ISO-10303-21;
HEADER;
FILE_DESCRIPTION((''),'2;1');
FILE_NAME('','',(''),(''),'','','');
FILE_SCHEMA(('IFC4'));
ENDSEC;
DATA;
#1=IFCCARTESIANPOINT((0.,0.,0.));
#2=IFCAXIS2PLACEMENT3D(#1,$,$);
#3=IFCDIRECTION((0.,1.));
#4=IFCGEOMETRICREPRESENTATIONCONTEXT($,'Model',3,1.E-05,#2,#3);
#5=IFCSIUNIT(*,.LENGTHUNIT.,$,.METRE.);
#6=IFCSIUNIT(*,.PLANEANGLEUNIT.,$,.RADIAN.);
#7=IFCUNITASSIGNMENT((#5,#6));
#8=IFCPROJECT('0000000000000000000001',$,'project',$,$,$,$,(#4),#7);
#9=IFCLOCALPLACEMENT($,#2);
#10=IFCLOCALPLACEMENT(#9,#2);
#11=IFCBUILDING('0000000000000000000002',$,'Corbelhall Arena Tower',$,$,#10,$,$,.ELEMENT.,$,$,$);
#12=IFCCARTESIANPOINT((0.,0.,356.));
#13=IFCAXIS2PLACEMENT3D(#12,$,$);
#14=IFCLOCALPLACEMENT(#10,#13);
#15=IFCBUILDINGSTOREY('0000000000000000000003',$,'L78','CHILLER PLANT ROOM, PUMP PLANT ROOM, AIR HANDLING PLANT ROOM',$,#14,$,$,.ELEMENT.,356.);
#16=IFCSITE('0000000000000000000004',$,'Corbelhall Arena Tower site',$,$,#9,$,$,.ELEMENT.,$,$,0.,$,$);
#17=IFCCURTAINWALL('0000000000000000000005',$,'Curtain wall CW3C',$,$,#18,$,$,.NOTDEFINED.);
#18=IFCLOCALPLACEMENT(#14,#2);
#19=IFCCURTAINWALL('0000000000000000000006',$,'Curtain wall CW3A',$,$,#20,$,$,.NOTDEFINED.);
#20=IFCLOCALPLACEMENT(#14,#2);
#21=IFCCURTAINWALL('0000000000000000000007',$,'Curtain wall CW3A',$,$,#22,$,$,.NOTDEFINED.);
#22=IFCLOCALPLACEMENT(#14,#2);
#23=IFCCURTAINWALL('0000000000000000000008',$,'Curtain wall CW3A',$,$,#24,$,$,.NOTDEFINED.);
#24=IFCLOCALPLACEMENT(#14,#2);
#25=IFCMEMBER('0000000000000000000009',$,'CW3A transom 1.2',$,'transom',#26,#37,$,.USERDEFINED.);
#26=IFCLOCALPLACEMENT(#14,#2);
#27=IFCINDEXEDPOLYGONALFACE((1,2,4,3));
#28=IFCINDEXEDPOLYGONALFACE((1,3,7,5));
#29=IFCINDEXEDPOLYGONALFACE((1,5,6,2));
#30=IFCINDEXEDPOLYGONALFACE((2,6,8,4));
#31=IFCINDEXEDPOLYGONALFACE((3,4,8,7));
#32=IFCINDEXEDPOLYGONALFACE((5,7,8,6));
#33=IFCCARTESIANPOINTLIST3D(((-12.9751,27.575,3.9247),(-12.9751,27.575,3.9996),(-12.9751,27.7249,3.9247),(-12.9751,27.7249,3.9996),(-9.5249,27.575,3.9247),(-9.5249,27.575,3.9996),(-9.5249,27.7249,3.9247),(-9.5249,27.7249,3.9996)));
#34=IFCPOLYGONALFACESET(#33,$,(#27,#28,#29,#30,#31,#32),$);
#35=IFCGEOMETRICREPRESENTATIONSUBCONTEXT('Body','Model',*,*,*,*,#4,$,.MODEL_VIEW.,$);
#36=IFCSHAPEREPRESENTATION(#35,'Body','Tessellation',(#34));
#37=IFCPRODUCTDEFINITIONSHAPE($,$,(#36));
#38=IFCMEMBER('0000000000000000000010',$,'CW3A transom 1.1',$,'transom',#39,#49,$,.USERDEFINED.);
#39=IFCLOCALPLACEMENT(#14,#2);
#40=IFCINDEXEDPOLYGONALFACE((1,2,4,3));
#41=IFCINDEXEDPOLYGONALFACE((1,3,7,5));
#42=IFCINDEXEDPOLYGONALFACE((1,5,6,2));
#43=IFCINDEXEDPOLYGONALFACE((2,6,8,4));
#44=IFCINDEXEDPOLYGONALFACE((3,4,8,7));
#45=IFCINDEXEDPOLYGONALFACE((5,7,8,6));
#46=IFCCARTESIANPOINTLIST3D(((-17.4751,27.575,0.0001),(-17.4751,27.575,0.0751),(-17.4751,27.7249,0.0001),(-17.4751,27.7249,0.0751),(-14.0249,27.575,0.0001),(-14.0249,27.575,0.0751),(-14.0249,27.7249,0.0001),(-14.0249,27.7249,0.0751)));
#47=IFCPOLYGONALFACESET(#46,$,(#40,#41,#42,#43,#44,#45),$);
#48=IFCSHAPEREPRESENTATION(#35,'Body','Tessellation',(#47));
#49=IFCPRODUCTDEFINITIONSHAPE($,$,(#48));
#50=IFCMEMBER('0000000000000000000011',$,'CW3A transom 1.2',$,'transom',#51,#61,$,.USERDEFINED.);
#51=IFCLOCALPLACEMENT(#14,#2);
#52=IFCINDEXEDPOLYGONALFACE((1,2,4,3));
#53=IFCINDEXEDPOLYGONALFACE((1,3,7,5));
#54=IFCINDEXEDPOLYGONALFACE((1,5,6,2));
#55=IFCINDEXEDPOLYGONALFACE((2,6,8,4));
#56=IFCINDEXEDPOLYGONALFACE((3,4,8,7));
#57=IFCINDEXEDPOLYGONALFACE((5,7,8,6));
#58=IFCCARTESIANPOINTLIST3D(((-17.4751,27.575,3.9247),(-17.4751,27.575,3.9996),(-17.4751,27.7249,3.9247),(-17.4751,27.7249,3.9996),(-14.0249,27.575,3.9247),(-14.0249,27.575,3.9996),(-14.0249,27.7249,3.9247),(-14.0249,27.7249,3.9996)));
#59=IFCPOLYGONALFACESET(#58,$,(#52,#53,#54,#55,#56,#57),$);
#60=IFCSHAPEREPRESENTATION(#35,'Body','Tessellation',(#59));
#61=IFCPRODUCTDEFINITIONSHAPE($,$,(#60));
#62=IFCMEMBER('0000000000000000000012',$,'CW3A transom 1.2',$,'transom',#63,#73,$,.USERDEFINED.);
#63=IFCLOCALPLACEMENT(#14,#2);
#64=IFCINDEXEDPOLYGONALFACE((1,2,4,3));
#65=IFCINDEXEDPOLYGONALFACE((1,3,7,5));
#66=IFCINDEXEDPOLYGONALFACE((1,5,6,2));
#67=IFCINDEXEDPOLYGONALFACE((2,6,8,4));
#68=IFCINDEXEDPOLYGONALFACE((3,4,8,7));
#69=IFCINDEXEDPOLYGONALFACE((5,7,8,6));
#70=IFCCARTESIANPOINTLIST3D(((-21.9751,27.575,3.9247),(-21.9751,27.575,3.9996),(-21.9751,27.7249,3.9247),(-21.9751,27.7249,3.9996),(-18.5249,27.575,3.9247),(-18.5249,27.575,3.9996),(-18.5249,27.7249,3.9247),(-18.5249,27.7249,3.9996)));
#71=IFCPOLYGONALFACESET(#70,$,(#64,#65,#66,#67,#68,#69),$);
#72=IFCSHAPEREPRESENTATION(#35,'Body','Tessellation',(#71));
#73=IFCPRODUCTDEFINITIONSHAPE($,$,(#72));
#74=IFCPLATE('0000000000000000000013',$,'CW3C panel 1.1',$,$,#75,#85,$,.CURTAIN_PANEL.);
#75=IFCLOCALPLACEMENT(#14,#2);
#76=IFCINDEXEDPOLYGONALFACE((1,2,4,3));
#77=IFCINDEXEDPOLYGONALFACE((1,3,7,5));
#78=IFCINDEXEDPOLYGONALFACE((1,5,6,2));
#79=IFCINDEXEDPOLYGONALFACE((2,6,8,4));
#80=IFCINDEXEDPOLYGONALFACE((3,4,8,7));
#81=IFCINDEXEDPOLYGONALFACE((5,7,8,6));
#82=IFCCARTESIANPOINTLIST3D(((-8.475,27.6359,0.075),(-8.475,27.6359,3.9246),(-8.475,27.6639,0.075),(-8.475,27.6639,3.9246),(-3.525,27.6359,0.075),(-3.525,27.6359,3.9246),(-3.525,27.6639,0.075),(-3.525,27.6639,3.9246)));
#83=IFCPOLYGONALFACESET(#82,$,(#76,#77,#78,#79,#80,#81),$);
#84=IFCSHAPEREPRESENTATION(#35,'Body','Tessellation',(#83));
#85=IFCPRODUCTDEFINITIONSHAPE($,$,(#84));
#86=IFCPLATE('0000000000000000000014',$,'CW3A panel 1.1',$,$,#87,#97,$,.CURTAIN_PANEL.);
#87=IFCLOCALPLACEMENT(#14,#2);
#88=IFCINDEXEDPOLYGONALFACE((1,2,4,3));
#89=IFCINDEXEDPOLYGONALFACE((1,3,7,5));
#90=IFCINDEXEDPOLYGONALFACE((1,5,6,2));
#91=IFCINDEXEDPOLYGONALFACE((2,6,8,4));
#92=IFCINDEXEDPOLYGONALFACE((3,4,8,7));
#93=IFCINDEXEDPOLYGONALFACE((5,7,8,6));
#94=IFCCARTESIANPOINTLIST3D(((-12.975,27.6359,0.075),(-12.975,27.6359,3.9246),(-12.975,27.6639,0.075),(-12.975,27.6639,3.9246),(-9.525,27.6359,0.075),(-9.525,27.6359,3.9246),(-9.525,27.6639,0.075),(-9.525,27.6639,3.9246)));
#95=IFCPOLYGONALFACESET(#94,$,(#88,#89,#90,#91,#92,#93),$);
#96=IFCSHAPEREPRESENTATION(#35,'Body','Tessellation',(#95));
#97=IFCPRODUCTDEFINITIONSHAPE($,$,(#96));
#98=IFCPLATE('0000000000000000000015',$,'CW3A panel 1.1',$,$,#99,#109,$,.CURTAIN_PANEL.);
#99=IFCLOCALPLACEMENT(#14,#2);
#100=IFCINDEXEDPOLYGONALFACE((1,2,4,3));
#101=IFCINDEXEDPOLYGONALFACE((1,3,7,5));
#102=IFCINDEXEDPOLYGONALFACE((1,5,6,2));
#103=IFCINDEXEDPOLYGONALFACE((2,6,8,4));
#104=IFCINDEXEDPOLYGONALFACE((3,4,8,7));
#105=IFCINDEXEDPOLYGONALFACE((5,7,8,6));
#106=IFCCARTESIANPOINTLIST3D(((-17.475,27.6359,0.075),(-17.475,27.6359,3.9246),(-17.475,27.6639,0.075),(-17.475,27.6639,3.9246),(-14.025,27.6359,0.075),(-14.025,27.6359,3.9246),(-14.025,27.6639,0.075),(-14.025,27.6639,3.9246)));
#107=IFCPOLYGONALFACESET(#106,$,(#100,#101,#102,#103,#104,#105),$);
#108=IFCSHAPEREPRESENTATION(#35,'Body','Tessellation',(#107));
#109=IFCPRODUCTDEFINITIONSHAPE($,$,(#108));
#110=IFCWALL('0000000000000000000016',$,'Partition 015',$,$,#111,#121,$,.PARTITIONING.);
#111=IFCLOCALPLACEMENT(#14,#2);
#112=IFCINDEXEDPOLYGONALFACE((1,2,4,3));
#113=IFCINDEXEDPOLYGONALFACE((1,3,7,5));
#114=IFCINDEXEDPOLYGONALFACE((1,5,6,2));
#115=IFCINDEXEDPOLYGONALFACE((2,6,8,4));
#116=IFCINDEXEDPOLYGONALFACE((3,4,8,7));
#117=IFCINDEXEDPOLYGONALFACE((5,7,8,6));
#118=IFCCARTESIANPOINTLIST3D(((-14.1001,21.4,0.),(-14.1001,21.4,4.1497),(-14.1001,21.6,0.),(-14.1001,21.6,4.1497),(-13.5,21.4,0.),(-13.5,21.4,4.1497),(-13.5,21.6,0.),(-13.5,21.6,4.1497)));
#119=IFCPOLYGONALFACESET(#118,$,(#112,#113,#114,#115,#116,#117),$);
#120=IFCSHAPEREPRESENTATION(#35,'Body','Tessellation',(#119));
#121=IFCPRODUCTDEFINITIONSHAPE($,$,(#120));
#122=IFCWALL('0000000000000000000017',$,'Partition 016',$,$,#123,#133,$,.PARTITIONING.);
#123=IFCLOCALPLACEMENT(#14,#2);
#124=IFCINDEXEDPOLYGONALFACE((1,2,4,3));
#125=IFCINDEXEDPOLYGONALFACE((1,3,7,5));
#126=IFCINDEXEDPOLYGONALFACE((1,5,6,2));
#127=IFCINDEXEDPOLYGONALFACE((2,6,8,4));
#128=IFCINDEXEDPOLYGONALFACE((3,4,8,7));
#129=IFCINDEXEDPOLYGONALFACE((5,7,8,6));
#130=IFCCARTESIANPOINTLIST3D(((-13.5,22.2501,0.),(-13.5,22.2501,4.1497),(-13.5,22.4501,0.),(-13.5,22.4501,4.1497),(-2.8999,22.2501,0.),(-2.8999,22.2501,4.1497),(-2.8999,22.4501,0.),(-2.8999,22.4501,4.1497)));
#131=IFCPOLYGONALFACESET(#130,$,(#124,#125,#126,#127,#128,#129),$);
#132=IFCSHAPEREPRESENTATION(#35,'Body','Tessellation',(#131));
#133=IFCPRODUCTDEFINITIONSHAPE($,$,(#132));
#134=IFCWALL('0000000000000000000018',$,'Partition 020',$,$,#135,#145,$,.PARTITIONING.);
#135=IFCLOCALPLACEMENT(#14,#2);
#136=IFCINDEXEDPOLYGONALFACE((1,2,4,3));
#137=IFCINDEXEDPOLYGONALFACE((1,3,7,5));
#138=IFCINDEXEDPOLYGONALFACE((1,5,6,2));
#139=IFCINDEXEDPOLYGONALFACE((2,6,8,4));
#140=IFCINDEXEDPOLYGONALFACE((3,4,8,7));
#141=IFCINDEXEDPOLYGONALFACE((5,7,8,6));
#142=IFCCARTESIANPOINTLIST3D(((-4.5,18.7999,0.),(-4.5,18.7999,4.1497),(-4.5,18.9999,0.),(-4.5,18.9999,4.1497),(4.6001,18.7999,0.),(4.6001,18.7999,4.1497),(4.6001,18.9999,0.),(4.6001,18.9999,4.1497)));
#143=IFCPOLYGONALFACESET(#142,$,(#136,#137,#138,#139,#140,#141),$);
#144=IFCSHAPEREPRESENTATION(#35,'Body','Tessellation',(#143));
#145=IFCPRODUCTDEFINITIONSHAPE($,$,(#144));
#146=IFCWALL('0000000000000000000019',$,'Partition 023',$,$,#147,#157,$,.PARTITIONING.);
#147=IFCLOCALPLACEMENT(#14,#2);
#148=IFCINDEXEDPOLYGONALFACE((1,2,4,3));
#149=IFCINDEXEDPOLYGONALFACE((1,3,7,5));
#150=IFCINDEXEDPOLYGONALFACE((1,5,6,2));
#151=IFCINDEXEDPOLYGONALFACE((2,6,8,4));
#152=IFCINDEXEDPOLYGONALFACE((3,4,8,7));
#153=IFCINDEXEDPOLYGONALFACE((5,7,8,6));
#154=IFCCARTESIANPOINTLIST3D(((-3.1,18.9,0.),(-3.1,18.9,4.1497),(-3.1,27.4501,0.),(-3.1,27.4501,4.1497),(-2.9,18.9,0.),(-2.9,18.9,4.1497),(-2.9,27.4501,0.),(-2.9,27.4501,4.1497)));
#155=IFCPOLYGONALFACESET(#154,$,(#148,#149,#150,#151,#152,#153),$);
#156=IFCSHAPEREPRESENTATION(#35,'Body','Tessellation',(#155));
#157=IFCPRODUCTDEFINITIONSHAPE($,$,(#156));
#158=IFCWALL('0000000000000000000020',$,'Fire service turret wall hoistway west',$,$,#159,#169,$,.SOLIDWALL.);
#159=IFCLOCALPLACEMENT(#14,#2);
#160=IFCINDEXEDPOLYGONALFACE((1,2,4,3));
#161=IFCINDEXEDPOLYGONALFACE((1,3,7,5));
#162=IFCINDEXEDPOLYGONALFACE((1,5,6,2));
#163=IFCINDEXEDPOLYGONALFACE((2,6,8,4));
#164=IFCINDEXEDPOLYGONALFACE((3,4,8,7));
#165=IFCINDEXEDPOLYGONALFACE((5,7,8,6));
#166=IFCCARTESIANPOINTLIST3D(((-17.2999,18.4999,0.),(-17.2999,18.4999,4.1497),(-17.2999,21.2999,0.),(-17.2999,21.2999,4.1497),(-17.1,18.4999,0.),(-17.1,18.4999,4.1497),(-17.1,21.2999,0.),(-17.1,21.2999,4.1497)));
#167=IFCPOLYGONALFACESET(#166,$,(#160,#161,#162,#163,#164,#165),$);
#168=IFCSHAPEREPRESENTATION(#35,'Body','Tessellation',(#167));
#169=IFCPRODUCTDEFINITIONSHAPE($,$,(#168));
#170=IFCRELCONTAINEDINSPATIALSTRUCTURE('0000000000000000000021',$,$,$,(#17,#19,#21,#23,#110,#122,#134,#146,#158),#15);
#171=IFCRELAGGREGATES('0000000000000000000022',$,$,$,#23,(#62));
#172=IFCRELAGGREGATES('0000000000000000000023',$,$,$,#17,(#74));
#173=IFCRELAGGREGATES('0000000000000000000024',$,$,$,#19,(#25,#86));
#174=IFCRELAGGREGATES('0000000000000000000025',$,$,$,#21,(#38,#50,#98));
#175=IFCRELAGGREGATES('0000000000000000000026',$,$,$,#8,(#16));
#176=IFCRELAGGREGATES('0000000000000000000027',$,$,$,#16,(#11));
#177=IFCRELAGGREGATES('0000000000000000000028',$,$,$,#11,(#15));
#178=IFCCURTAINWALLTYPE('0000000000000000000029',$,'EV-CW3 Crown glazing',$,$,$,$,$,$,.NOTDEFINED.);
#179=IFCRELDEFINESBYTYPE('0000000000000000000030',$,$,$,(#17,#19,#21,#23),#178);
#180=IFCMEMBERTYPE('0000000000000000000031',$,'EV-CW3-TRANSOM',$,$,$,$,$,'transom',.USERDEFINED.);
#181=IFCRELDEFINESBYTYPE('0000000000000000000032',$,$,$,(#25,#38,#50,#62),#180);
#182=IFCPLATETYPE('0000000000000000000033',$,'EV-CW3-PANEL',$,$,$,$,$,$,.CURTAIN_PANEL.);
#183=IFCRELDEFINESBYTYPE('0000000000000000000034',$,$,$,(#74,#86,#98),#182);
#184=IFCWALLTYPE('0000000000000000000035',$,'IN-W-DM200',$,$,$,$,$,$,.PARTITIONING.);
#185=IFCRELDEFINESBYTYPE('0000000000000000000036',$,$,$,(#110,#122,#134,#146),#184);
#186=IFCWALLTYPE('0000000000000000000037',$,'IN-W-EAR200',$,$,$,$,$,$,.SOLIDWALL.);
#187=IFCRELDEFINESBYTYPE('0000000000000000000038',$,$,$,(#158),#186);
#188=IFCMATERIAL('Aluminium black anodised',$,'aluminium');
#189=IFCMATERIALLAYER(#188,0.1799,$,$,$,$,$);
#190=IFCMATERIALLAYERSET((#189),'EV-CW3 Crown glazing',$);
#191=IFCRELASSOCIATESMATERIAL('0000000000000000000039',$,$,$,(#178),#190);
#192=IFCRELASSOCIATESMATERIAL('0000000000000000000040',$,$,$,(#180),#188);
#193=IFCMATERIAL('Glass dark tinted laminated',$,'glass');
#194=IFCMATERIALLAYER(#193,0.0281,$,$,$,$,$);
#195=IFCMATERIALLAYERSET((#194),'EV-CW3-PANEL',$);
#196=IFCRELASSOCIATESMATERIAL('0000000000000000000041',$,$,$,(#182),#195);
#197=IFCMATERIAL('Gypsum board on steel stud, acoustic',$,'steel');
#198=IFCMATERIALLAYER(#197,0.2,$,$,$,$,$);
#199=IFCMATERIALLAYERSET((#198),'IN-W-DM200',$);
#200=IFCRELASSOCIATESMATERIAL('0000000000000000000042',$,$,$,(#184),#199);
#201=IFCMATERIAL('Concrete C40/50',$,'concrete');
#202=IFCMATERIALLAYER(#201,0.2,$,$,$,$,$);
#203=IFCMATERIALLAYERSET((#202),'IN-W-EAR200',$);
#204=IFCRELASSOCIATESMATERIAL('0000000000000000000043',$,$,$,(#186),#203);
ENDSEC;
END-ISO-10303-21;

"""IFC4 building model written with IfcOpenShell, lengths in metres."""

from ifc_helpers import new_model, si_unit, direction, frame, frame_2d, origin, origin_2d, place, context, subcontext, project, spatial, rectangle, extrude, material, layer, layer_set, material_profile, profile_set, type_object, element, aggregate, save


model = new_model("IFC4")

# Units and contexts
model_context = context("Model", 3, precision=1e-05, world=origin(), true_north=direction((0.0, 1.0)))
body_context = subcontext(model_context, "Body", "Model", "MODEL_VIEW")
ifc_project = project(units=[si_unit("LENGTHUNIT", "METRE"), si_unit("PLANEANGLEUNIT", "RADIAN")], contexts=[model_context])

# Site, building, storey
site_placement = place(None, origin())
site = spatial("IfcSite", under=ifc_project, at=site_placement, Name="Corbelhall Arena Tower site", CompositionType="ELEMENT", RefElevation=0.0)
building_placement = place(site_placement, origin())
building = spatial("IfcBuilding", under=site, at=building_placement, Name="Corbelhall Arena Tower", CompositionType="ELEMENT")
storey_placement = place(building_placement, frame((0.0, 0.0, 356.0)))
storey = spatial("IfcBuildingStorey", under=building, at=storey_placement, Name="L78", Description="CHILLER PLANT ROOM, PUMP PLANT ROOM, AIR HANDLING PLANT ROOM", CompositionType="ELEMENT", Elevation=356.0)

# Curtain walls
ifc_material_1 = material(Name="Aluminium black anodised", Category="aluminium")
ifc_layer_1 = layer(ifc_material_1, 0.1799)
ifc_layer_set_1 = layer_set([ifc_layer_1], Name="EV-CW3 Crown glazing")
curtain_wall_type = type_object("IfcCurtainWallType", Name="EV-CW3 Crown glazing", PredefinedType="NOTDEFINED", material=ifc_layer_set_1)
curtain_wall_1_placement = place(storey_placement, origin())
curtain_wall_1 = element("IfcCurtainWall", 1, at=curtain_wall_1_placement, inside=storey, type_object=curtain_wall_type, Name="Curtain wall CW3C", PredefinedType="NOTDEFINED")
curtain_wall_2_placement = place(storey_placement, origin())
curtain_wall_2 = element("IfcCurtainWall", 2, at=curtain_wall_2_placement, inside=storey, type_object=curtain_wall_type, Name="Curtain wall CW3A", PredefinedType="NOTDEFINED")
curtain_wall_3_placement = place(storey_placement, origin())
curtain_wall_3 = element("IfcCurtainWall", 3, at=curtain_wall_3_placement, inside=storey, type_object=curtain_wall_type, Name="Curtain wall CW3A", PredefinedType="NOTDEFINED")

# Curtain wall
curtain_wall_4_placement = place(storey_placement, origin())
curtain_wall_4 = element("IfcCurtainWall", 4, at=curtain_wall_4_placement, inside=storey, type_object=curtain_wall_type, Name="Curtain wall CW3A", PredefinedType="NOTDEFINED")

# Members
ifc_material_profile_1 = material_profile(ifc_material_1, rectangle(XDim=0.1499, YDim=0.075, at=origin_2d()))
ifc_profile_set_1 = profile_set([ifc_material_profile_1], Name="Aluminium black anodised")
member_type_1 = type_object("IfcMemberType", Name="EV-CW3-TRANSOM", ElementType="transom", PredefinedType="USERDEFINED", material=ifc_profile_set_1)
member_1_placement = place(storey_placement, frame((-9.5249, 27.6499, 3.9622), z_axis=(-1.0, 0.0, 0.0), x_axis=(0.0, -1.0, 0.0)))
member_1 = element("IfcMember", 5, at=member_1_placement, type_object=member_type_1, Name="CW3A transom 1.2", ObjectType="transom", PredefinedType="USERDEFINED", context=body_context, shape_type="SweptSolid", body=[
    extrude(rectangle(XDim=0.1499, YDim=0.075, at=origin_2d()), origin(), (0.0, 0.0, 1.0), 3.4502),
])
member_2_placement = place(storey_placement, frame((-14.0249, 27.6499, 0.0376), z_axis=(-1.0, 0.0, 0.0), x_axis=(0.0, -1.0, 0.0)))
member_2 = element("IfcMember", 6, at=member_2_placement, type_object=member_type_1, Name="CW3A transom 1.1", ObjectType="transom", PredefinedType="USERDEFINED", context=body_context, shape_type="SweptSolid", body=[
    extrude(rectangle(XDim=0.1499, YDim=0.075, at=origin_2d()), origin(), (0.0, 0.0, 1.0), 3.4502),
])
member_3_placement = place(storey_placement, frame((-14.0249, 27.6499, 3.9622), z_axis=(-1.0, 0.0, 0.0), x_axis=(0.0, -1.0, 0.0)))
member_3 = element("IfcMember", 7, at=member_3_placement, type_object=member_type_1, Name="CW3A transom 1.2", ObjectType="transom", PredefinedType="USERDEFINED", context=body_context, shape_type="SweptSolid", body=[
    extrude(rectangle(XDim=0.1499, YDim=0.075, at=origin_2d()), origin(), (0.0, 0.0, 1.0), 3.4502),
])
member_4_placement = place(storey_placement, frame((-18.5249, 27.6499, 3.9622), z_axis=(-1.0, 0.0, 0.0), x_axis=(0.0, -1.0, 0.0)))
member_4 = element("IfcMember", 8, at=member_4_placement, type_object=member_type_1, Name="CW3A transom 1.2", ObjectType="transom", PredefinedType="USERDEFINED", context=body_context, shape_type="SweptSolid", body=[
    extrude(rectangle(XDim=0.1499, YDim=0.075, at=origin_2d()), origin(), (0.0, 0.0, 1.0), 3.4502),
])
aggregate(curtain_wall_4, [member_4])

# Plates
ifc_material_2 = material(Name="Glass dark tinted laminated", Category="glass")
ifc_layer_2 = layer(ifc_material_2, 0.0281)
ifc_layer_set_2 = layer_set([ifc_layer_2], Name="EV-CW3-PANEL")
plate_type = type_object("IfcPlateType", Name="EV-CW3-PANEL", PredefinedType="CURTAIN_PANEL", material=ifc_layer_set_2)
plate_1_placement = place(storey_placement, frame((-6.0, 27.6499, 0.075), z_axis=(0.0, 0.0, 1.0), x_axis=(-1.0, 0.0, 0.0)))
plate_1 = element("IfcPlate", 9, at=plate_1_placement, type_object=plate_type, Name="CW3C panel 1.1", PredefinedType="CURTAIN_PANEL", context=body_context, shape_type="SweptSolid", body=[
    extrude(rectangle(XDim=4.95, YDim=0.0281, at=origin_2d()), origin(), (0.0, 0.0, 1.0), 3.8496),
])
aggregate(curtain_wall_1, [plate_1])
plate_2_placement = place(storey_placement, frame((-11.25, 27.6499, 0.075), z_axis=(0.0, 0.0, 1.0), x_axis=(-1.0, 0.0, 0.0)))
plate_2 = element("IfcPlate", 10, at=plate_2_placement, type_object=plate_type, Name="CW3A panel 1.1", PredefinedType="CURTAIN_PANEL", context=body_context, shape_type="SweptSolid", body=[
    extrude(rectangle(XDim=3.45, YDim=0.0281, at=origin_2d()), origin(), (0.0, 0.0, 1.0), 3.8496),
])
aggregate(curtain_wall_2, [member_1, plate_2])
plate_3_placement = place(storey_placement, frame((-15.75, 27.6499, 0.075), z_axis=(0.0, 0.0, 1.0), x_axis=(-1.0, 0.0, 0.0)))
plate_3 = element("IfcPlate", 11, at=plate_3_placement, type_object=plate_type, Name="CW3A panel 1.1", PredefinedType="CURTAIN_PANEL", context=body_context, shape_type="SweptSolid", body=[
    extrude(rectangle(XDim=3.45, YDim=0.0281, at=origin_2d()), origin(), (0.0, 0.0, 1.0), 3.8496),
])
aggregate(curtain_wall_3, [member_2, member_3, plate_3])

# Walls
ifc_material_3 = material(Name="Gypsum board on steel stud, acoustic", Category="steel")
ifc_layer_3 = layer(ifc_material_3, 0.2)
ifc_layer_set_3 = layer_set([ifc_layer_3], Name="IN-W-DM200")
wall_type_1 = type_object("IfcWallType", Name="IN-W-DM200", PredefinedType="PARTITIONING", material=ifc_layer_set_3)
wall_1_placement = place(storey_placement, frame((-13.5, 21.5, 0.0), z_axis=(0.0, 0.0, 1.0), x_axis=(-1.0, 0.0, 0.0)))
element("IfcWall", 12, at=wall_1_placement, inside=storey, type_object=wall_type_1, Name="Partition 015", PredefinedType="PARTITIONING", context=body_context, shape_type="SweptSolid", body=[
    extrude(rectangle(XDim=0.6001, YDim=0.2, at=frame_2d((0.3, 0.0))), origin(), (0.0, 0.0, 1.0), 4.1497),
])
wall_2_placement = place(storey_placement, frame((-13.5, 22.3501, 0.0), z_axis=(0.0, 0.0, 1.0), x_axis=(1.0, 0.0, 0.0)))
element("IfcWall", 13, at=wall_2_placement, inside=storey, type_object=wall_type_1, Name="Partition 016", PredefinedType="PARTITIONING", context=body_context, shape_type="SweptSolid", body=[
    extrude(rectangle(XDim=10.6001, YDim=0.2, at=frame_2d((5.3, 0.0))), origin(), (0.0, 0.0, 1.0), 4.1497),
])

# Walls
wall_3_placement = place(storey_placement, frame((-4.5, 18.8999, 0.0), z_axis=(0.0, 0.0, 1.0), x_axis=(1.0, 0.0, 0.0)))
element("IfcWall", 14, at=wall_3_placement, inside=storey, type_object=wall_type_1, Name="Partition 020", PredefinedType="PARTITIONING", context=body_context, shape_type="SweptSolid", body=[
    extrude(rectangle(XDim=9.1001, YDim=0.2, at=frame_2d((4.55, 0.0))), origin(), (0.0, 0.0, 1.0), 4.1497),
])
wall_4_placement = place(storey_placement, frame((-3.0, 27.45, 0.0), z_axis=(0.0, 0.0, 1.0), x_axis=(0.0, -1.0, 0.0)))
element("IfcWall", 15, at=wall_4_placement, inside=storey, type_object=wall_type_1, Name="Partition 023", PredefinedType="PARTITIONING", context=body_context, shape_type="SweptSolid", body=[
    extrude(rectangle(XDim=8.55, YDim=0.2, at=frame_2d((4.2749, 0.0))), origin(), (0.0, 0.0, 1.0), 4.1497),
])
ifc_material_4 = material(Name="Concrete C40/50", Category="concrete")
ifc_layer_4 = layer(ifc_material_4, 0.2)
ifc_layer_set_4 = layer_set([ifc_layer_4], Name="IN-W-EAR200")
wall_type_2 = type_object("IfcWallType", Name="IN-W-EAR200", PredefinedType="SOLIDWALL", material=ifc_layer_set_4)
wall_5_placement = place(storey_placement, frame((-17.2, 18.5, 0.0), z_axis=(0.0, 0.0, 1.0), x_axis=(0.0, 1.0, 0.0)))
element("IfcWall", 16, at=wall_5_placement, inside=storey, type_object=wall_type_2, Name="Fire service turret wall hoistway west", PredefinedType="SOLIDWALL", context=body_context, shape_type="SweptSolid", body=[
    extrude(rectangle(XDim=2.8, YDim=0.2, at=frame_2d((1.3999, 0.0))), origin(), (0.0, 0.0, 1.0), 4.1497),
])

save(model, "model.ifc")
